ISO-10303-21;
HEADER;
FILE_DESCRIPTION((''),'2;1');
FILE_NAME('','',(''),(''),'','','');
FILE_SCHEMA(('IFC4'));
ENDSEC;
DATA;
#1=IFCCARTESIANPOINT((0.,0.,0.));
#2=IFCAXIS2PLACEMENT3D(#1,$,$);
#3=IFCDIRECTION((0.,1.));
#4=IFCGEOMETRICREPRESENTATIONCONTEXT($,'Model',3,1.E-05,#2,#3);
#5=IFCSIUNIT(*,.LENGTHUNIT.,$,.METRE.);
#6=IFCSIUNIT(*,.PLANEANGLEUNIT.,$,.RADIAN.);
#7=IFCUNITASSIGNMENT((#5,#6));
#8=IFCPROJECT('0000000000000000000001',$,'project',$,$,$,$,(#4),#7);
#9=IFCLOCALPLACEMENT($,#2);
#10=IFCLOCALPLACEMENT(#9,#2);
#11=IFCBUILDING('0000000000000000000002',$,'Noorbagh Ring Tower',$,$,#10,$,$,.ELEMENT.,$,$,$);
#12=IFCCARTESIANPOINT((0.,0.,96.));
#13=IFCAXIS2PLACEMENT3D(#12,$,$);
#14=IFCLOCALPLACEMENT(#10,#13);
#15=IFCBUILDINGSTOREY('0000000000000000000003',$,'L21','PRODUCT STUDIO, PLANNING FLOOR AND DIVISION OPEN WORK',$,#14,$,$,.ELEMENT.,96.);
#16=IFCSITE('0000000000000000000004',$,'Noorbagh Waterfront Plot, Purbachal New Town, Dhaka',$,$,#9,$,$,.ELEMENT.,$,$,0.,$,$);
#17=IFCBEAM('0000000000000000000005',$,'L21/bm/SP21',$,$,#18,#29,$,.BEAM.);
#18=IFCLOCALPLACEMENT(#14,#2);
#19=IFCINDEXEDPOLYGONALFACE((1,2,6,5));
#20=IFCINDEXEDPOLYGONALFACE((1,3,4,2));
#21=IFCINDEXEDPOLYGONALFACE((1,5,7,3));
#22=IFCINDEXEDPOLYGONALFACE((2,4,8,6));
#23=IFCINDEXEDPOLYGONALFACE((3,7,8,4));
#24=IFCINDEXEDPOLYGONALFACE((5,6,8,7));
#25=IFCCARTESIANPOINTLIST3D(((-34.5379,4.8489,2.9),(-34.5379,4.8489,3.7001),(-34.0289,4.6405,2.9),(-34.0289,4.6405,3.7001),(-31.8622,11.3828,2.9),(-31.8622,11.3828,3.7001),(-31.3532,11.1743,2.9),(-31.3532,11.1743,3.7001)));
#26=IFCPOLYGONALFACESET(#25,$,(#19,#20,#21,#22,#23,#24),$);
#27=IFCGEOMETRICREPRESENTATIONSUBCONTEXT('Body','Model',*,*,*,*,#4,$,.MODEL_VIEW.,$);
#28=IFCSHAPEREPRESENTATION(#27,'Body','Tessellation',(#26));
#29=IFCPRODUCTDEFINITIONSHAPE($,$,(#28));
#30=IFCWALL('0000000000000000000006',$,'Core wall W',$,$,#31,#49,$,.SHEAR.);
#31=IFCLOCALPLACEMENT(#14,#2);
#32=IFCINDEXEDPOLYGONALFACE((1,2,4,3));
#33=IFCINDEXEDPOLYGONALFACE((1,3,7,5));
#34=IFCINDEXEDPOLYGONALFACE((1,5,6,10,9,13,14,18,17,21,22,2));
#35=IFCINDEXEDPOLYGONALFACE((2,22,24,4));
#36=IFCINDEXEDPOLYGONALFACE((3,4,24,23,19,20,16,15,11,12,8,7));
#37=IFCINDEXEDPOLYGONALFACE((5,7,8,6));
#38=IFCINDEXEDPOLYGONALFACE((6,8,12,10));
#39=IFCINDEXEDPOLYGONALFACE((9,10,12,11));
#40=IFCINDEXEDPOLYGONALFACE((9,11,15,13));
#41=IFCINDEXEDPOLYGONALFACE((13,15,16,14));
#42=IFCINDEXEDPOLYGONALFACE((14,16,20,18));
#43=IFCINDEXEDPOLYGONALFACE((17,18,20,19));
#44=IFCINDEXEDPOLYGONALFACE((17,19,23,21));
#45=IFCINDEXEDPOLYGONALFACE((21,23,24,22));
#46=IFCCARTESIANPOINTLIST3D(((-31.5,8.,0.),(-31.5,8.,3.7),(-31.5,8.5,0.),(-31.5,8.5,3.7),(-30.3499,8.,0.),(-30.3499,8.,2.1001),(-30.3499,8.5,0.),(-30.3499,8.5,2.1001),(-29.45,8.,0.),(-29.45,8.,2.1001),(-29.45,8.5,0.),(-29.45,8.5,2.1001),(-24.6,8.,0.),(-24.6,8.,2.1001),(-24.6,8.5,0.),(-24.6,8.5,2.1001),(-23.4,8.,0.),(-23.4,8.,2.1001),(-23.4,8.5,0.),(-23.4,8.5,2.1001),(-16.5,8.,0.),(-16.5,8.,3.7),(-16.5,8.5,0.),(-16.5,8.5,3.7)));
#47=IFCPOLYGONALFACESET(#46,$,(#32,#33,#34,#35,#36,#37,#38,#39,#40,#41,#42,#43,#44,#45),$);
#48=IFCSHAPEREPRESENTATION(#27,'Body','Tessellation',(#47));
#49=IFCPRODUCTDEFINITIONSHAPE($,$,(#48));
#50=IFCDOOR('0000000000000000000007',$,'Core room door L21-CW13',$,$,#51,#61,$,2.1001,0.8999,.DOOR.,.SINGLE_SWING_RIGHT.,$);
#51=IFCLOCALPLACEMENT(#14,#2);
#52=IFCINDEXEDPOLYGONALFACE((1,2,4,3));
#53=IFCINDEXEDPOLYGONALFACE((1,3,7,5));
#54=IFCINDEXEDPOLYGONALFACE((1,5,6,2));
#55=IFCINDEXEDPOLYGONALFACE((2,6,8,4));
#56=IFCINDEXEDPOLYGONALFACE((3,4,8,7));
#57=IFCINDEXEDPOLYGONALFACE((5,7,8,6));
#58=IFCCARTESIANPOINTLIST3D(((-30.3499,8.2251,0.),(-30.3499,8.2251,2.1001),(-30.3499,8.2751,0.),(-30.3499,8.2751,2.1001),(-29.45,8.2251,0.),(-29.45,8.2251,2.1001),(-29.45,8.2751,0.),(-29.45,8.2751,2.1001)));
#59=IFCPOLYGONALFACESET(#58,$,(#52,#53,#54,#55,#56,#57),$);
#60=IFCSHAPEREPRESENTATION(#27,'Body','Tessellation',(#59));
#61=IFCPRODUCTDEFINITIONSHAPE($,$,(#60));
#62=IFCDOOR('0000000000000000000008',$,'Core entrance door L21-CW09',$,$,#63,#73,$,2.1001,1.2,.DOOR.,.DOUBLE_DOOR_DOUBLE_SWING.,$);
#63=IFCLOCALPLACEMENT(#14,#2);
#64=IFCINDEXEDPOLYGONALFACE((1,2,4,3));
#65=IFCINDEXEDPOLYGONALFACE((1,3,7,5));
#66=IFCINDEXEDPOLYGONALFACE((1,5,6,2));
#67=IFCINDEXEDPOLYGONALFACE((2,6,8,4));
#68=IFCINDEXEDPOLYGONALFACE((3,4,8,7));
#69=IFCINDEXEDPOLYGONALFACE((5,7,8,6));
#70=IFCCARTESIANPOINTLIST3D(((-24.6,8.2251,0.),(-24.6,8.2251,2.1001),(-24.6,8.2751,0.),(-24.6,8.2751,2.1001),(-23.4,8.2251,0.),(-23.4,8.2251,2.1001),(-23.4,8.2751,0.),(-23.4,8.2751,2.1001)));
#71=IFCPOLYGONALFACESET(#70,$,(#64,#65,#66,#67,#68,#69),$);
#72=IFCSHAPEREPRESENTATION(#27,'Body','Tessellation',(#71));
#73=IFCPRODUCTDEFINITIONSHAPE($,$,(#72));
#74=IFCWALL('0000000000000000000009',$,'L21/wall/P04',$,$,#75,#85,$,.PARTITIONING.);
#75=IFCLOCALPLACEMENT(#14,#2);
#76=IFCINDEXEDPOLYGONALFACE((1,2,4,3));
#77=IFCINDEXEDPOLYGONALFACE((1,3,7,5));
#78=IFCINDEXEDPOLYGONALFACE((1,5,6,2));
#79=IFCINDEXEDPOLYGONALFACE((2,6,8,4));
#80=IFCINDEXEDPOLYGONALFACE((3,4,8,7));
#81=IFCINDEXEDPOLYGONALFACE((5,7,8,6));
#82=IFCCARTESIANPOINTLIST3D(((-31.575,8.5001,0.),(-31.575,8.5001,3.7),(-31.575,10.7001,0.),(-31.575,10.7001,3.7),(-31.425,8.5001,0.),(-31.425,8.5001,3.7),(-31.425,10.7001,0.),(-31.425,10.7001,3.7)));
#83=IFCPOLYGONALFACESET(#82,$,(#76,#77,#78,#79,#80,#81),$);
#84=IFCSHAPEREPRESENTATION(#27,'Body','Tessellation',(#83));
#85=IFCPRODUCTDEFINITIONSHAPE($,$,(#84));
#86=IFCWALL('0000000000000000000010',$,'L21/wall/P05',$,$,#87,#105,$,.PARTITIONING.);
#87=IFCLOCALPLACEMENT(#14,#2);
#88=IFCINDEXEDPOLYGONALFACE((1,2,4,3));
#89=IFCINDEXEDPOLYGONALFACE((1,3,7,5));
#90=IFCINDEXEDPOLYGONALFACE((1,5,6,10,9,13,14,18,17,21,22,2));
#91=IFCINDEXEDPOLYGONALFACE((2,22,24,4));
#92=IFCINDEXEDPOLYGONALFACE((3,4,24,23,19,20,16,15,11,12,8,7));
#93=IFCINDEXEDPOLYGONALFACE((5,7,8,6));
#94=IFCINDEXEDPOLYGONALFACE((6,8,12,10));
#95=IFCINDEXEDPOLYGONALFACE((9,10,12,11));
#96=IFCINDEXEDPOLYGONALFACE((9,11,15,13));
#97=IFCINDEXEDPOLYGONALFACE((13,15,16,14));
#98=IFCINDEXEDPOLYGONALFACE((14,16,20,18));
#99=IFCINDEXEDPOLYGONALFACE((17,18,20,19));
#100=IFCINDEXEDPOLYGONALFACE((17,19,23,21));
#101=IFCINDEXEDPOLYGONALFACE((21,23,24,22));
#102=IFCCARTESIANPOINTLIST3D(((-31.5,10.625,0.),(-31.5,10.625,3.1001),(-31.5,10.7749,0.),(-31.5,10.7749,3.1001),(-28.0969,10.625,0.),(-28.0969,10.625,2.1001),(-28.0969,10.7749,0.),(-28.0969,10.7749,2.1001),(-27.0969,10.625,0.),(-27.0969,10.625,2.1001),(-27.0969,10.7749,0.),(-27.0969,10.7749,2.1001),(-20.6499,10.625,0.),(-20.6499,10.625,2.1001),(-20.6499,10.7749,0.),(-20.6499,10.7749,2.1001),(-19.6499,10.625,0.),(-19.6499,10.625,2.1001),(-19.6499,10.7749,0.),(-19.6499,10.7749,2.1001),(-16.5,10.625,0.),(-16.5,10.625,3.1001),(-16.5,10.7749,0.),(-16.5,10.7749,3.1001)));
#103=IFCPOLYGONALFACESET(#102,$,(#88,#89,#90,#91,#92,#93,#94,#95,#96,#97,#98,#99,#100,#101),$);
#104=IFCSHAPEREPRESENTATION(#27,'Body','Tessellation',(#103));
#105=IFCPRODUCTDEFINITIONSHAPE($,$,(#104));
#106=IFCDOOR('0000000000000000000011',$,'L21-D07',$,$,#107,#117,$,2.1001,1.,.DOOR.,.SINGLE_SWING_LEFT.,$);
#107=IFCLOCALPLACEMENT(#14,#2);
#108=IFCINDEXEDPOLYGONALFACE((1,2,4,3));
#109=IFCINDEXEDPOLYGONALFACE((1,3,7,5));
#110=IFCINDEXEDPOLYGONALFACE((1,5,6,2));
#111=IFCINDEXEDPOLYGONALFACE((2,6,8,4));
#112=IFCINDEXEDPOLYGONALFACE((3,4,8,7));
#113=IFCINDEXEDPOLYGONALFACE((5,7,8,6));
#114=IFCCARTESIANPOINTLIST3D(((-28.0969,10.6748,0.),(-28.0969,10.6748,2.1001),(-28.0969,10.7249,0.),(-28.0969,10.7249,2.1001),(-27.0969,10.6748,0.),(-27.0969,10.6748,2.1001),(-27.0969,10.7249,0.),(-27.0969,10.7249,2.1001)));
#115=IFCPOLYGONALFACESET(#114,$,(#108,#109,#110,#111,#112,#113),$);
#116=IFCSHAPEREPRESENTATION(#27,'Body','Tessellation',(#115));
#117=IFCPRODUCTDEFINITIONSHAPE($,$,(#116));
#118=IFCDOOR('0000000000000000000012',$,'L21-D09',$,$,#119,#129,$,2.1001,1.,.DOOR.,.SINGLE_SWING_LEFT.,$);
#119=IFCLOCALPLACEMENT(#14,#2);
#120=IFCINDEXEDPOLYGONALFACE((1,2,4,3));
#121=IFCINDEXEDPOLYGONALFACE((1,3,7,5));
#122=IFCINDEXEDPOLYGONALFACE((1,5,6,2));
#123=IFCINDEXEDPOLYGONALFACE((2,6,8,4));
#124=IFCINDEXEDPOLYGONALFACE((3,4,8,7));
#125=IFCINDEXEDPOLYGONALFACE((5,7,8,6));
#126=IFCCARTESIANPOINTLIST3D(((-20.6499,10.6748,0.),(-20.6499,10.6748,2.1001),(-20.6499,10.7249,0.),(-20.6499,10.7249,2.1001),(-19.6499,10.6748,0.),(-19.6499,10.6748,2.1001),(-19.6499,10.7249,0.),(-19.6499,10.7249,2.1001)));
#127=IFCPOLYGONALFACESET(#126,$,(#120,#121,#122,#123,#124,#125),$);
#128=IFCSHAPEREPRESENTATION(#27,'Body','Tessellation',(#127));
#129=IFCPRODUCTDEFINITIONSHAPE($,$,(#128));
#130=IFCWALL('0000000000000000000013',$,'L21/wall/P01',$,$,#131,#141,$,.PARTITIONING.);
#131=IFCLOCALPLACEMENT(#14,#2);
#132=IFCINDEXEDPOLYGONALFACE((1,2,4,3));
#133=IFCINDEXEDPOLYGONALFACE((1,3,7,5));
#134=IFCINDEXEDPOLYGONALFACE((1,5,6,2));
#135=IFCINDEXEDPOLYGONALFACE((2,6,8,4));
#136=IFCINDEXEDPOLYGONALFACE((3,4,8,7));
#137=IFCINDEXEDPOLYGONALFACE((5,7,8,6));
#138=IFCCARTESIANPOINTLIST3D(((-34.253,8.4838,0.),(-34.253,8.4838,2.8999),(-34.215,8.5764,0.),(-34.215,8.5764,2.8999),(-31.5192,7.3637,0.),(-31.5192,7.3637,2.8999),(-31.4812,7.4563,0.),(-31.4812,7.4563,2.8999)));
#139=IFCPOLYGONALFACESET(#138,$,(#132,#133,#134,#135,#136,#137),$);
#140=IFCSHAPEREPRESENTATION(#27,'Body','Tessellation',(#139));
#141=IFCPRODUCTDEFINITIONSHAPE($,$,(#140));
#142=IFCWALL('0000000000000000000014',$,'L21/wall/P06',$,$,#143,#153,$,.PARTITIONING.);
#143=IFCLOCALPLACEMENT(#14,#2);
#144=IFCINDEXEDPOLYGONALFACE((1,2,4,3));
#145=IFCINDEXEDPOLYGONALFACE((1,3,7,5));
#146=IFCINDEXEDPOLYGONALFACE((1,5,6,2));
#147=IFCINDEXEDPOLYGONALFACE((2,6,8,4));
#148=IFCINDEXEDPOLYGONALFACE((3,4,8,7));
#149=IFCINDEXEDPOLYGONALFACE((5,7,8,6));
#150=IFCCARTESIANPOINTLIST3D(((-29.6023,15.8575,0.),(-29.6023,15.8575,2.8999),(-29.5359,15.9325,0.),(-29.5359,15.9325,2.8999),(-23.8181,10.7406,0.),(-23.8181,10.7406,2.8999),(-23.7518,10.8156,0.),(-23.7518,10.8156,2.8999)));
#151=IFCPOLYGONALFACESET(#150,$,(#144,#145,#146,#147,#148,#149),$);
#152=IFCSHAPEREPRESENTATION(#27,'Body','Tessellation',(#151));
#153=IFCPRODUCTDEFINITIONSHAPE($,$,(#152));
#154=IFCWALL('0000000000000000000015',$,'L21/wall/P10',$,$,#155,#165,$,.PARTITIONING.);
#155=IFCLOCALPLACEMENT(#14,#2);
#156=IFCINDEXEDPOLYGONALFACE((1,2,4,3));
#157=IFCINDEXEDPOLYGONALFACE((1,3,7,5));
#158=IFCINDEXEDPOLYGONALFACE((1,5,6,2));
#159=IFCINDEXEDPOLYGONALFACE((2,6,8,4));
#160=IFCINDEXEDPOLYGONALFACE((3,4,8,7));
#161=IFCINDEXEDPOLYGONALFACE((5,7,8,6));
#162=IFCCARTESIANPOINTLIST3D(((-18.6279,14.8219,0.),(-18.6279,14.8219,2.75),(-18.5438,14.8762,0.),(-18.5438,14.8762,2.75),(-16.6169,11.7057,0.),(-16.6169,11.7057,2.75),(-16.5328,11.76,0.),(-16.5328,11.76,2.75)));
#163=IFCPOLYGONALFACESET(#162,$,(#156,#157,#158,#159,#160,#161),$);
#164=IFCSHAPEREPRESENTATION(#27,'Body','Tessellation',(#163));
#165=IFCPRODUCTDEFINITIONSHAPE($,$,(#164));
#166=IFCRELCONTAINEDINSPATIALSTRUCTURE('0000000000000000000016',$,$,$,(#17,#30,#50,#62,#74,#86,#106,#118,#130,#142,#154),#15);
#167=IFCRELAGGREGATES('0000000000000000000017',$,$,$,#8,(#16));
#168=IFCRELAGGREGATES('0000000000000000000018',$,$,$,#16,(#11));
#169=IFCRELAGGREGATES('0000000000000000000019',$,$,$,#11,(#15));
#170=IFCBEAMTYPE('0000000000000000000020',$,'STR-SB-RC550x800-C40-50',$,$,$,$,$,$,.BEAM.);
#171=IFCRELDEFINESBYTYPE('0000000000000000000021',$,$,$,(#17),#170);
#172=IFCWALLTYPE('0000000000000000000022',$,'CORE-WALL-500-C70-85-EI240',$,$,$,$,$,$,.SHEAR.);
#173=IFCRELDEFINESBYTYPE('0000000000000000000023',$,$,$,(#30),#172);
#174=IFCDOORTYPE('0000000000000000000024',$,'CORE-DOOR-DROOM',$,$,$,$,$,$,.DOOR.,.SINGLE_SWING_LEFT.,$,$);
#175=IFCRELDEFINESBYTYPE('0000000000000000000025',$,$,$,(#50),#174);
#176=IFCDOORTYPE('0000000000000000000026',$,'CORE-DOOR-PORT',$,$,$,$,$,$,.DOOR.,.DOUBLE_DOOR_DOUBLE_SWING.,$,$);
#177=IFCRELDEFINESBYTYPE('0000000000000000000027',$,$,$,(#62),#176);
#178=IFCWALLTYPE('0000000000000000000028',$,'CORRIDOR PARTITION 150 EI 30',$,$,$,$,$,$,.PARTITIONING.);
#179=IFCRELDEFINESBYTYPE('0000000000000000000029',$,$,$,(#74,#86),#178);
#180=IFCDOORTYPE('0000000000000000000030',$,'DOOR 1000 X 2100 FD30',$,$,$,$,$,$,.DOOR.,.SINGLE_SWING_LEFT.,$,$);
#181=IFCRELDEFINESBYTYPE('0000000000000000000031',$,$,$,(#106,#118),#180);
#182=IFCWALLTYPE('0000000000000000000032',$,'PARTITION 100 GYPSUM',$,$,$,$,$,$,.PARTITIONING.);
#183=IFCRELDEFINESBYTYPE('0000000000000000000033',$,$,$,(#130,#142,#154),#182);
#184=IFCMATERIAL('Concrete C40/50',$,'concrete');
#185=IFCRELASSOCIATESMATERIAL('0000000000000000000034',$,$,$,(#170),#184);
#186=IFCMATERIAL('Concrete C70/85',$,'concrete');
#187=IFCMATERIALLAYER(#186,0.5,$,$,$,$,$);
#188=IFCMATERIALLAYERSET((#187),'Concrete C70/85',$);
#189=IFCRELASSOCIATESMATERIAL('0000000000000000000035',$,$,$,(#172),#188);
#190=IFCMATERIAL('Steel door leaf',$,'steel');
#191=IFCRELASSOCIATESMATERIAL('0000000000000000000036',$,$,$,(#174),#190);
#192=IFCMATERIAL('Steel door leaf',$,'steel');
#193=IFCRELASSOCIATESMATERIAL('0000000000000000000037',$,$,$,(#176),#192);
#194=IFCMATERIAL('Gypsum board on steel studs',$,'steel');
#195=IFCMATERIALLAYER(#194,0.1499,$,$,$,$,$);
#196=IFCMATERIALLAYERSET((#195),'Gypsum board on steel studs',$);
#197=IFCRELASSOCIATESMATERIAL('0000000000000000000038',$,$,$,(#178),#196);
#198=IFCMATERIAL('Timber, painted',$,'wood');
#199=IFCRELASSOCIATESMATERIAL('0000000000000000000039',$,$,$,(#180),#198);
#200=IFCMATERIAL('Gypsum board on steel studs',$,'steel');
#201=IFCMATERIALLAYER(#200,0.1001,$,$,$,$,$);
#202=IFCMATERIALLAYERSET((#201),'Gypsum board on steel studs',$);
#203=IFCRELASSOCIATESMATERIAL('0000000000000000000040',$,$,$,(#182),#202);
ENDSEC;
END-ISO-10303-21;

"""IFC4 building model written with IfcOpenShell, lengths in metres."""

from ifc_helpers import new_model, si_unit, direction, frame, frame_2d, origin, origin_2d, place, context, subcontext, project, spatial, rectangle, extrude, material, layer, layer_set, material_profile, profile_set, type_object, element, fill, save


model = new_model("IFC4")

# Units and contexts
model_context = context("Model", 3, precision=1e-05, world=origin(), true_north=direction((0.0, 1.0)))
body_context = subcontext(model_context, "Body", "Model", "MODEL_VIEW")
ifc_project = project(units=[si_unit("LENGTHUNIT", "METRE"), si_unit("PLANEANGLEUNIT", "RADIAN")], contexts=[model_context])

# Site, building, storey
site_placement = place(None, origin())
site = spatial("IfcSite", under=ifc_project, at=site_placement, Name="Noorbagh Waterfront Plot, Purbachal New Town, Dhaka", CompositionType="ELEMENT", RefElevation=0.0)
building_placement = place(site_placement, origin())
building = spatial("IfcBuilding", under=site, at=building_placement, Name="Noorbagh Ring Tower", CompositionType="ELEMENT")
storey_placement = place(building_placement, frame((0.0, 0.0, 96.0)))
storey = spatial("IfcBuildingStorey", under=building, at=storey_placement, Name="L21", Description="PRODUCT STUDIO, PLANNING FLOOR AND DIVISION OPEN WORK", CompositionType="ELEMENT", Elevation=96.0)

# Beam
ifc_material_1 = material(Name="Concrete C40/50", Category="concrete")
ifc_material_profile_1 = material_profile(ifc_material_1, rectangle(XDim=0.55, YDim=0.8, at=origin_2d()), Name="RC550x800")
ifc_profile_set_1 = profile_set([ifc_material_profile_1], Name="Concrete C40/50")
beam_type_1 = type_object("IfcBeamType", Name="STR-SB-RC550x800-C40-50", PredefinedType="BEAM", material=ifc_profile_set_1)
beam_1_placement = place(storey_placement, frame((-31.6077, 11.2786, 3.3), z_axis=(-0.378973, -0.925408, 0.0), x_axis=(0.925408, -0.378973, 0.0)))
element("IfcBeam", 1, at=beam_1_placement, inside=storey, type_object=beam_type_1, Name="L21/bm/SP21", PredefinedType="BEAM", context=body_context, shape_type="SweptSolid", body=[
    extrude(rectangle(XDim=0.55, YDim=0.8, at=origin_2d()), origin(), (0.0, 0.0, 1.0), 7.0605),
])

# Wall, openings, doors
ifc_material_2 = material(Name="Concrete C70/85", Category="concrete")
ifc_layer_1 = layer(ifc_material_2, 0.5)
ifc_layer_set_1 = layer_set([ifc_layer_1], Name="Concrete C70/85")
wall_type_1 = type_object("IfcWallType", Name="CORE-WALL-500-C70-85-EI240", PredefinedType="SHEAR", material=ifc_layer_set_1)
wall_1_placement = place(storey_placement, frame((-16.5, 8.25, 0.0), z_axis=(0.0, 0.0, 1.0), x_axis=(-1.0, 0.0, 0.0)))
wall_1 = element("IfcWall", 2, at=wall_1_placement, inside=storey, type_object=wall_type_1, Name="Core wall W", PredefinedType="SHEAR", context=body_context, shape_type="SweptSolid", body=[
    extrude(rectangle(XDim=15.0, YDim=0.5, at=frame_2d((7.5, 0.0))), origin(), (0.0, 0.0, 1.0), 3.7),
])
opening_1_placement = place(wall_1_placement, frame((6.8999, 0.0, 0.0)))
opening_1 = element("IfcOpeningElement", 3, at=opening_1_placement, cuts=wall_1, PredefinedType="OPENING", context=body_context, shape_type="SweptSolid", body=[
    extrude(rectangle(XDim=1.2, YDim=2.1001, at=frame_2d((0.6001, 1.05))), frame((0.0, 0.26, 0.0), z_axis=(0.0, -1.0, 0.0), x_axis=(1.0, 0.0, 0.0)), (0.0, 0.0, 1.0), 0.52),
])
opening_2_placement = place(wall_1_placement, frame((12.95, 0.0, 0.0)))
opening_2 = element("IfcOpeningElement", 4, at=opening_2_placement, cuts=wall_1, PredefinedType="OPENING", context=body_context, shape_type="SweptSolid", body=[
    extrude(rectangle(XDim=0.8999, YDim=2.1001, at=frame_2d((0.45, 1.05))), frame((0.0, 0.26, 0.0), z_axis=(0.0, -1.0, 0.0), x_axis=(1.0, 0.0, 0.0)), (0.0, 0.0, 1.0), 0.52),
])
ifc_material_3 = material(Name="Steel door leaf", Category="steel")
door_type_1 = type_object("IfcDoorType", Name="CORE-DOOR-DROOM", OperationType="SINGLE_SWING_LEFT", PredefinedType="DOOR", material=ifc_material_3)
door_1_placement = place(opening_2_placement, origin())
door_1 = element("IfcDoor", 5, at=door_1_placement, inside=storey, type_object=door_type_1, Name="Core room door L21-CW13", OperationType="SINGLE_SWING_RIGHT", OverallHeight=2.1001, OverallWidth=0.8999, PredefinedType="DOOR", context=body_context, shape_type="SweptSolid", body=[
    extrude(rectangle(XDim=0.8999, YDim=2.1001, at=frame_2d((0.45, 1.05))), frame((0.0, 0.0249, 0.0), z_axis=(0.0, -1.0, 0.0), x_axis=(1.0, 0.0, 0.0)), (0.0, 0.0, 1.0), 0.05),
])
fill(opening_2, door_1)
ifc_material_4 = material(Name="Steel door leaf", Category="steel")
door_type_2 = type_object("IfcDoorType", Name="CORE-DOOR-PORT", OperationType="DOUBLE_DOOR_DOUBLE_SWING", PredefinedType="DOOR", material=ifc_material_4)
door_2_placement = place(opening_1_placement, origin())
door_2 = element("IfcDoor", 6, at=door_2_placement, inside=storey, type_object=door_type_2, Name="Core entrance door L21-CW09", OperationType="DOUBLE_DOOR_DOUBLE_SWING", OverallHeight=2.1001, OverallWidth=1.2, PredefinedType="DOOR", context=body_context, shape_type="SweptSolid", body=[
    extrude(rectangle(XDim=1.2, YDim=2.1001, at=frame_2d((0.6001, 1.05))), frame((0.0, 0.0249, 0.0), z_axis=(0.0, -1.0, 0.0), x_axis=(1.0, 0.0, 0.0)), (0.0, 0.0, 1.0), 0.05),
])
fill(opening_1, door_2)

# Wall
ifc_material_5 = material(Name="Gypsum board on steel studs", Category="steel")
ifc_layer_2 = layer(ifc_material_5, 0.1499)
ifc_layer_set_2 = layer_set([ifc_layer_2], Name="Gypsum board on steel studs")
wall_type_2 = type_object("IfcWallType", Name="CORRIDOR PARTITION 150 EI 30", PredefinedType="PARTITIONING", material=ifc_layer_set_2)
wall_2_placement = place(storey_placement, frame((-31.5, 8.5, 0.0), z_axis=(0.0, 0.0, 1.0), x_axis=(0.0, 1.0, 0.0)))
element("IfcWall", 7, at=wall_2_placement, inside=storey, type_object=wall_type_2, Name="L21/wall/P04", PredefinedType="PARTITIONING", context=body_context, shape_type="SweptSolid", body=[
    extrude(rectangle(XDim=2.2, YDim=0.1499, at=frame_2d((1.1001, 0.0))), origin(), (0.0, 0.0, 1.0), 3.7),
])

# Wall, openings, doors
wall_3_placement = place(storey_placement, frame((-31.5, 10.7, 0.0), z_axis=(0.0, 0.0, 1.0), x_axis=(1.0, 0.0, 0.0)))
wall_3 = element("IfcWall", 8, at=wall_3_placement, inside=storey, type_object=wall_type_2, Name="L21/wall/P05", PredefinedType="PARTITIONING", context=body_context, shape_type="SweptSolid", body=[
    extrude(rectangle(XDim=15.0, YDim=0.1499, at=frame_2d((7.5, 0.0))), origin(), (0.0, 0.0, 1.0), 3.1001),
])
opening_3_placement = place(wall_3_placement, frame((3.4031, 0.0, 0.0)))
opening_3 = element("IfcOpeningElement", 9, at=opening_3_placement, cuts=wall_3, PredefinedType="OPENING", context=body_context, shape_type="SweptSolid", body=[
    extrude(rectangle(XDim=1.0, YDim=2.1001, at=frame_2d((0.5, 1.05))), frame((0.0, 0.085, 0.0), z_axis=(0.0, -1.0, 0.0), x_axis=(1.0, 0.0, 0.0)), (0.0, 0.0, 1.0), 0.1699),
])
opening_4_placement = place(wall_3_placement, frame((10.8501, 0.0, 0.0)))
opening_4 = element("IfcOpeningElement", 10, at=opening_4_placement, cuts=wall_3, PredefinedType="OPENING", context=body_context, shape_type="SweptSolid", body=[
    extrude(rectangle(XDim=1.0, YDim=2.1001, at=frame_2d((0.5, 1.05))), frame((0.0, 0.085, 0.0), z_axis=(0.0, -1.0, 0.0), x_axis=(1.0, 0.0, 0.0)), (0.0, 0.0, 1.0), 0.1699),
])
ifc_material_6 = material(Name="Timber, painted", Category="wood")
door_type_3 = type_object("IfcDoorType", Name="DOOR 1000 X 2100 FD30", OperationType="SINGLE_SWING_LEFT", PredefinedType="DOOR", material=ifc_material_6)
door_3_placement = place(opening_3_placement, origin())
door_3 = element("IfcDoor", 11, at=door_3_placement, inside=storey, type_object=door_type_3, Name="L21-D07", OperationType="SINGLE_SWING_LEFT", OverallHeight=2.1001, OverallWidth=1.0, PredefinedType="DOOR", context=body_context, shape_type="SweptSolid", body=[
    extrude(rectangle(XDim=1.0, YDim=2.1001, at=frame_2d((0.5, 1.05))), frame((0.0, 0.0249, 0.0), z_axis=(0.0, -1.0, 0.0), x_axis=(1.0, 0.0, 0.0)), (0.0, 0.0, 1.0), 0.05),
])
fill(opening_3, door_3)
door_4_placement = place(opening_4_placement, origin())
door_4 = element("IfcDoor", 12, at=door_4_placement, inside=storey, type_object=door_type_3, Name="L21-D09", OperationType="SINGLE_SWING_LEFT", OverallHeight=2.1001, OverallWidth=1.0, PredefinedType="DOOR", context=body_context, shape_type="SweptSolid", body=[
    extrude(rectangle(XDim=1.0, YDim=2.1001, at=frame_2d((0.5, 1.05))), frame((0.0, 0.0249, 0.0), z_axis=(0.0, -1.0, 0.0), x_axis=(1.0, 0.0, 0.0)), (0.0, 0.0, 1.0), 0.05),
])
fill(opening_4, door_4)

# Walls
ifc_material_7 = material(Name="Gypsum board on steel studs", Category="steel")
ifc_layer_3 = layer(ifc_material_7, 0.1001)
ifc_layer_set_3 = layer_set([ifc_layer_3], Name="Gypsum board on steel studs")
wall_type_3 = type_object("IfcWallType", Name="PARTITION 100 GYPSUM", PredefinedType="PARTITIONING", material=ifc_layer_set_3)
wall_4_placement = place(storey_placement, frame((-34.2339, 8.53, 0.0), z_axis=(0.0, 0.0, 1.0), x_axis=(0.925344, -0.379128, 0.0)))
element("IfcWall", 13, at=wall_4_placement, inside=storey, type_object=wall_type_3, Name="L21/wall/P01", PredefinedType="PARTITIONING", context=body_context, shape_type="SweptSolid", body=[
    extrude(rectangle(XDim=2.9543, YDim=0.1001, at=frame_2d((1.4771, 0.0))), origin(), (0.0, 0.0, 1.0), 2.8999),
])
wall_5_placement = place(storey_placement, frame((-29.5691, 15.895, 0.0), z_axis=(0.0, 0.0, 1.0), x_axis=(0.748986, -0.662586, 0.0)))
element("IfcWall", 14, at=wall_5_placement, inside=storey, type_object=wall_type_3, Name="L21/wall/P06", PredefinedType="PARTITIONING", context=body_context, shape_type="SweptSolid", body=[
    extrude(rectangle(XDim=7.7227, YDim=0.1001, at=frame_2d((3.8613, 0.0))), origin(), (0.0, 0.0, 1.0), 2.8999),
])
wall_6_placement = place(storey_placement, frame((-18.5859, 14.8491, 0.0), z_axis=(0.0, 0.0, 1.0), x_axis=(0.542227, -0.840232, 0.0)))
element("IfcWall", 15, at=wall_6_placement, inside=storey, type_object=wall_type_3, Name="L21/wall/P10", PredefinedType="PARTITIONING", context=body_context, shape_type="SweptSolid", body=[
    extrude(rectangle(XDim=3.7087, YDim=0.1001, at=frame_2d((1.8545, 0.0))), origin(), (0.0, 0.0, 1.0), 2.75),
])

save(model, "model.ifc")
